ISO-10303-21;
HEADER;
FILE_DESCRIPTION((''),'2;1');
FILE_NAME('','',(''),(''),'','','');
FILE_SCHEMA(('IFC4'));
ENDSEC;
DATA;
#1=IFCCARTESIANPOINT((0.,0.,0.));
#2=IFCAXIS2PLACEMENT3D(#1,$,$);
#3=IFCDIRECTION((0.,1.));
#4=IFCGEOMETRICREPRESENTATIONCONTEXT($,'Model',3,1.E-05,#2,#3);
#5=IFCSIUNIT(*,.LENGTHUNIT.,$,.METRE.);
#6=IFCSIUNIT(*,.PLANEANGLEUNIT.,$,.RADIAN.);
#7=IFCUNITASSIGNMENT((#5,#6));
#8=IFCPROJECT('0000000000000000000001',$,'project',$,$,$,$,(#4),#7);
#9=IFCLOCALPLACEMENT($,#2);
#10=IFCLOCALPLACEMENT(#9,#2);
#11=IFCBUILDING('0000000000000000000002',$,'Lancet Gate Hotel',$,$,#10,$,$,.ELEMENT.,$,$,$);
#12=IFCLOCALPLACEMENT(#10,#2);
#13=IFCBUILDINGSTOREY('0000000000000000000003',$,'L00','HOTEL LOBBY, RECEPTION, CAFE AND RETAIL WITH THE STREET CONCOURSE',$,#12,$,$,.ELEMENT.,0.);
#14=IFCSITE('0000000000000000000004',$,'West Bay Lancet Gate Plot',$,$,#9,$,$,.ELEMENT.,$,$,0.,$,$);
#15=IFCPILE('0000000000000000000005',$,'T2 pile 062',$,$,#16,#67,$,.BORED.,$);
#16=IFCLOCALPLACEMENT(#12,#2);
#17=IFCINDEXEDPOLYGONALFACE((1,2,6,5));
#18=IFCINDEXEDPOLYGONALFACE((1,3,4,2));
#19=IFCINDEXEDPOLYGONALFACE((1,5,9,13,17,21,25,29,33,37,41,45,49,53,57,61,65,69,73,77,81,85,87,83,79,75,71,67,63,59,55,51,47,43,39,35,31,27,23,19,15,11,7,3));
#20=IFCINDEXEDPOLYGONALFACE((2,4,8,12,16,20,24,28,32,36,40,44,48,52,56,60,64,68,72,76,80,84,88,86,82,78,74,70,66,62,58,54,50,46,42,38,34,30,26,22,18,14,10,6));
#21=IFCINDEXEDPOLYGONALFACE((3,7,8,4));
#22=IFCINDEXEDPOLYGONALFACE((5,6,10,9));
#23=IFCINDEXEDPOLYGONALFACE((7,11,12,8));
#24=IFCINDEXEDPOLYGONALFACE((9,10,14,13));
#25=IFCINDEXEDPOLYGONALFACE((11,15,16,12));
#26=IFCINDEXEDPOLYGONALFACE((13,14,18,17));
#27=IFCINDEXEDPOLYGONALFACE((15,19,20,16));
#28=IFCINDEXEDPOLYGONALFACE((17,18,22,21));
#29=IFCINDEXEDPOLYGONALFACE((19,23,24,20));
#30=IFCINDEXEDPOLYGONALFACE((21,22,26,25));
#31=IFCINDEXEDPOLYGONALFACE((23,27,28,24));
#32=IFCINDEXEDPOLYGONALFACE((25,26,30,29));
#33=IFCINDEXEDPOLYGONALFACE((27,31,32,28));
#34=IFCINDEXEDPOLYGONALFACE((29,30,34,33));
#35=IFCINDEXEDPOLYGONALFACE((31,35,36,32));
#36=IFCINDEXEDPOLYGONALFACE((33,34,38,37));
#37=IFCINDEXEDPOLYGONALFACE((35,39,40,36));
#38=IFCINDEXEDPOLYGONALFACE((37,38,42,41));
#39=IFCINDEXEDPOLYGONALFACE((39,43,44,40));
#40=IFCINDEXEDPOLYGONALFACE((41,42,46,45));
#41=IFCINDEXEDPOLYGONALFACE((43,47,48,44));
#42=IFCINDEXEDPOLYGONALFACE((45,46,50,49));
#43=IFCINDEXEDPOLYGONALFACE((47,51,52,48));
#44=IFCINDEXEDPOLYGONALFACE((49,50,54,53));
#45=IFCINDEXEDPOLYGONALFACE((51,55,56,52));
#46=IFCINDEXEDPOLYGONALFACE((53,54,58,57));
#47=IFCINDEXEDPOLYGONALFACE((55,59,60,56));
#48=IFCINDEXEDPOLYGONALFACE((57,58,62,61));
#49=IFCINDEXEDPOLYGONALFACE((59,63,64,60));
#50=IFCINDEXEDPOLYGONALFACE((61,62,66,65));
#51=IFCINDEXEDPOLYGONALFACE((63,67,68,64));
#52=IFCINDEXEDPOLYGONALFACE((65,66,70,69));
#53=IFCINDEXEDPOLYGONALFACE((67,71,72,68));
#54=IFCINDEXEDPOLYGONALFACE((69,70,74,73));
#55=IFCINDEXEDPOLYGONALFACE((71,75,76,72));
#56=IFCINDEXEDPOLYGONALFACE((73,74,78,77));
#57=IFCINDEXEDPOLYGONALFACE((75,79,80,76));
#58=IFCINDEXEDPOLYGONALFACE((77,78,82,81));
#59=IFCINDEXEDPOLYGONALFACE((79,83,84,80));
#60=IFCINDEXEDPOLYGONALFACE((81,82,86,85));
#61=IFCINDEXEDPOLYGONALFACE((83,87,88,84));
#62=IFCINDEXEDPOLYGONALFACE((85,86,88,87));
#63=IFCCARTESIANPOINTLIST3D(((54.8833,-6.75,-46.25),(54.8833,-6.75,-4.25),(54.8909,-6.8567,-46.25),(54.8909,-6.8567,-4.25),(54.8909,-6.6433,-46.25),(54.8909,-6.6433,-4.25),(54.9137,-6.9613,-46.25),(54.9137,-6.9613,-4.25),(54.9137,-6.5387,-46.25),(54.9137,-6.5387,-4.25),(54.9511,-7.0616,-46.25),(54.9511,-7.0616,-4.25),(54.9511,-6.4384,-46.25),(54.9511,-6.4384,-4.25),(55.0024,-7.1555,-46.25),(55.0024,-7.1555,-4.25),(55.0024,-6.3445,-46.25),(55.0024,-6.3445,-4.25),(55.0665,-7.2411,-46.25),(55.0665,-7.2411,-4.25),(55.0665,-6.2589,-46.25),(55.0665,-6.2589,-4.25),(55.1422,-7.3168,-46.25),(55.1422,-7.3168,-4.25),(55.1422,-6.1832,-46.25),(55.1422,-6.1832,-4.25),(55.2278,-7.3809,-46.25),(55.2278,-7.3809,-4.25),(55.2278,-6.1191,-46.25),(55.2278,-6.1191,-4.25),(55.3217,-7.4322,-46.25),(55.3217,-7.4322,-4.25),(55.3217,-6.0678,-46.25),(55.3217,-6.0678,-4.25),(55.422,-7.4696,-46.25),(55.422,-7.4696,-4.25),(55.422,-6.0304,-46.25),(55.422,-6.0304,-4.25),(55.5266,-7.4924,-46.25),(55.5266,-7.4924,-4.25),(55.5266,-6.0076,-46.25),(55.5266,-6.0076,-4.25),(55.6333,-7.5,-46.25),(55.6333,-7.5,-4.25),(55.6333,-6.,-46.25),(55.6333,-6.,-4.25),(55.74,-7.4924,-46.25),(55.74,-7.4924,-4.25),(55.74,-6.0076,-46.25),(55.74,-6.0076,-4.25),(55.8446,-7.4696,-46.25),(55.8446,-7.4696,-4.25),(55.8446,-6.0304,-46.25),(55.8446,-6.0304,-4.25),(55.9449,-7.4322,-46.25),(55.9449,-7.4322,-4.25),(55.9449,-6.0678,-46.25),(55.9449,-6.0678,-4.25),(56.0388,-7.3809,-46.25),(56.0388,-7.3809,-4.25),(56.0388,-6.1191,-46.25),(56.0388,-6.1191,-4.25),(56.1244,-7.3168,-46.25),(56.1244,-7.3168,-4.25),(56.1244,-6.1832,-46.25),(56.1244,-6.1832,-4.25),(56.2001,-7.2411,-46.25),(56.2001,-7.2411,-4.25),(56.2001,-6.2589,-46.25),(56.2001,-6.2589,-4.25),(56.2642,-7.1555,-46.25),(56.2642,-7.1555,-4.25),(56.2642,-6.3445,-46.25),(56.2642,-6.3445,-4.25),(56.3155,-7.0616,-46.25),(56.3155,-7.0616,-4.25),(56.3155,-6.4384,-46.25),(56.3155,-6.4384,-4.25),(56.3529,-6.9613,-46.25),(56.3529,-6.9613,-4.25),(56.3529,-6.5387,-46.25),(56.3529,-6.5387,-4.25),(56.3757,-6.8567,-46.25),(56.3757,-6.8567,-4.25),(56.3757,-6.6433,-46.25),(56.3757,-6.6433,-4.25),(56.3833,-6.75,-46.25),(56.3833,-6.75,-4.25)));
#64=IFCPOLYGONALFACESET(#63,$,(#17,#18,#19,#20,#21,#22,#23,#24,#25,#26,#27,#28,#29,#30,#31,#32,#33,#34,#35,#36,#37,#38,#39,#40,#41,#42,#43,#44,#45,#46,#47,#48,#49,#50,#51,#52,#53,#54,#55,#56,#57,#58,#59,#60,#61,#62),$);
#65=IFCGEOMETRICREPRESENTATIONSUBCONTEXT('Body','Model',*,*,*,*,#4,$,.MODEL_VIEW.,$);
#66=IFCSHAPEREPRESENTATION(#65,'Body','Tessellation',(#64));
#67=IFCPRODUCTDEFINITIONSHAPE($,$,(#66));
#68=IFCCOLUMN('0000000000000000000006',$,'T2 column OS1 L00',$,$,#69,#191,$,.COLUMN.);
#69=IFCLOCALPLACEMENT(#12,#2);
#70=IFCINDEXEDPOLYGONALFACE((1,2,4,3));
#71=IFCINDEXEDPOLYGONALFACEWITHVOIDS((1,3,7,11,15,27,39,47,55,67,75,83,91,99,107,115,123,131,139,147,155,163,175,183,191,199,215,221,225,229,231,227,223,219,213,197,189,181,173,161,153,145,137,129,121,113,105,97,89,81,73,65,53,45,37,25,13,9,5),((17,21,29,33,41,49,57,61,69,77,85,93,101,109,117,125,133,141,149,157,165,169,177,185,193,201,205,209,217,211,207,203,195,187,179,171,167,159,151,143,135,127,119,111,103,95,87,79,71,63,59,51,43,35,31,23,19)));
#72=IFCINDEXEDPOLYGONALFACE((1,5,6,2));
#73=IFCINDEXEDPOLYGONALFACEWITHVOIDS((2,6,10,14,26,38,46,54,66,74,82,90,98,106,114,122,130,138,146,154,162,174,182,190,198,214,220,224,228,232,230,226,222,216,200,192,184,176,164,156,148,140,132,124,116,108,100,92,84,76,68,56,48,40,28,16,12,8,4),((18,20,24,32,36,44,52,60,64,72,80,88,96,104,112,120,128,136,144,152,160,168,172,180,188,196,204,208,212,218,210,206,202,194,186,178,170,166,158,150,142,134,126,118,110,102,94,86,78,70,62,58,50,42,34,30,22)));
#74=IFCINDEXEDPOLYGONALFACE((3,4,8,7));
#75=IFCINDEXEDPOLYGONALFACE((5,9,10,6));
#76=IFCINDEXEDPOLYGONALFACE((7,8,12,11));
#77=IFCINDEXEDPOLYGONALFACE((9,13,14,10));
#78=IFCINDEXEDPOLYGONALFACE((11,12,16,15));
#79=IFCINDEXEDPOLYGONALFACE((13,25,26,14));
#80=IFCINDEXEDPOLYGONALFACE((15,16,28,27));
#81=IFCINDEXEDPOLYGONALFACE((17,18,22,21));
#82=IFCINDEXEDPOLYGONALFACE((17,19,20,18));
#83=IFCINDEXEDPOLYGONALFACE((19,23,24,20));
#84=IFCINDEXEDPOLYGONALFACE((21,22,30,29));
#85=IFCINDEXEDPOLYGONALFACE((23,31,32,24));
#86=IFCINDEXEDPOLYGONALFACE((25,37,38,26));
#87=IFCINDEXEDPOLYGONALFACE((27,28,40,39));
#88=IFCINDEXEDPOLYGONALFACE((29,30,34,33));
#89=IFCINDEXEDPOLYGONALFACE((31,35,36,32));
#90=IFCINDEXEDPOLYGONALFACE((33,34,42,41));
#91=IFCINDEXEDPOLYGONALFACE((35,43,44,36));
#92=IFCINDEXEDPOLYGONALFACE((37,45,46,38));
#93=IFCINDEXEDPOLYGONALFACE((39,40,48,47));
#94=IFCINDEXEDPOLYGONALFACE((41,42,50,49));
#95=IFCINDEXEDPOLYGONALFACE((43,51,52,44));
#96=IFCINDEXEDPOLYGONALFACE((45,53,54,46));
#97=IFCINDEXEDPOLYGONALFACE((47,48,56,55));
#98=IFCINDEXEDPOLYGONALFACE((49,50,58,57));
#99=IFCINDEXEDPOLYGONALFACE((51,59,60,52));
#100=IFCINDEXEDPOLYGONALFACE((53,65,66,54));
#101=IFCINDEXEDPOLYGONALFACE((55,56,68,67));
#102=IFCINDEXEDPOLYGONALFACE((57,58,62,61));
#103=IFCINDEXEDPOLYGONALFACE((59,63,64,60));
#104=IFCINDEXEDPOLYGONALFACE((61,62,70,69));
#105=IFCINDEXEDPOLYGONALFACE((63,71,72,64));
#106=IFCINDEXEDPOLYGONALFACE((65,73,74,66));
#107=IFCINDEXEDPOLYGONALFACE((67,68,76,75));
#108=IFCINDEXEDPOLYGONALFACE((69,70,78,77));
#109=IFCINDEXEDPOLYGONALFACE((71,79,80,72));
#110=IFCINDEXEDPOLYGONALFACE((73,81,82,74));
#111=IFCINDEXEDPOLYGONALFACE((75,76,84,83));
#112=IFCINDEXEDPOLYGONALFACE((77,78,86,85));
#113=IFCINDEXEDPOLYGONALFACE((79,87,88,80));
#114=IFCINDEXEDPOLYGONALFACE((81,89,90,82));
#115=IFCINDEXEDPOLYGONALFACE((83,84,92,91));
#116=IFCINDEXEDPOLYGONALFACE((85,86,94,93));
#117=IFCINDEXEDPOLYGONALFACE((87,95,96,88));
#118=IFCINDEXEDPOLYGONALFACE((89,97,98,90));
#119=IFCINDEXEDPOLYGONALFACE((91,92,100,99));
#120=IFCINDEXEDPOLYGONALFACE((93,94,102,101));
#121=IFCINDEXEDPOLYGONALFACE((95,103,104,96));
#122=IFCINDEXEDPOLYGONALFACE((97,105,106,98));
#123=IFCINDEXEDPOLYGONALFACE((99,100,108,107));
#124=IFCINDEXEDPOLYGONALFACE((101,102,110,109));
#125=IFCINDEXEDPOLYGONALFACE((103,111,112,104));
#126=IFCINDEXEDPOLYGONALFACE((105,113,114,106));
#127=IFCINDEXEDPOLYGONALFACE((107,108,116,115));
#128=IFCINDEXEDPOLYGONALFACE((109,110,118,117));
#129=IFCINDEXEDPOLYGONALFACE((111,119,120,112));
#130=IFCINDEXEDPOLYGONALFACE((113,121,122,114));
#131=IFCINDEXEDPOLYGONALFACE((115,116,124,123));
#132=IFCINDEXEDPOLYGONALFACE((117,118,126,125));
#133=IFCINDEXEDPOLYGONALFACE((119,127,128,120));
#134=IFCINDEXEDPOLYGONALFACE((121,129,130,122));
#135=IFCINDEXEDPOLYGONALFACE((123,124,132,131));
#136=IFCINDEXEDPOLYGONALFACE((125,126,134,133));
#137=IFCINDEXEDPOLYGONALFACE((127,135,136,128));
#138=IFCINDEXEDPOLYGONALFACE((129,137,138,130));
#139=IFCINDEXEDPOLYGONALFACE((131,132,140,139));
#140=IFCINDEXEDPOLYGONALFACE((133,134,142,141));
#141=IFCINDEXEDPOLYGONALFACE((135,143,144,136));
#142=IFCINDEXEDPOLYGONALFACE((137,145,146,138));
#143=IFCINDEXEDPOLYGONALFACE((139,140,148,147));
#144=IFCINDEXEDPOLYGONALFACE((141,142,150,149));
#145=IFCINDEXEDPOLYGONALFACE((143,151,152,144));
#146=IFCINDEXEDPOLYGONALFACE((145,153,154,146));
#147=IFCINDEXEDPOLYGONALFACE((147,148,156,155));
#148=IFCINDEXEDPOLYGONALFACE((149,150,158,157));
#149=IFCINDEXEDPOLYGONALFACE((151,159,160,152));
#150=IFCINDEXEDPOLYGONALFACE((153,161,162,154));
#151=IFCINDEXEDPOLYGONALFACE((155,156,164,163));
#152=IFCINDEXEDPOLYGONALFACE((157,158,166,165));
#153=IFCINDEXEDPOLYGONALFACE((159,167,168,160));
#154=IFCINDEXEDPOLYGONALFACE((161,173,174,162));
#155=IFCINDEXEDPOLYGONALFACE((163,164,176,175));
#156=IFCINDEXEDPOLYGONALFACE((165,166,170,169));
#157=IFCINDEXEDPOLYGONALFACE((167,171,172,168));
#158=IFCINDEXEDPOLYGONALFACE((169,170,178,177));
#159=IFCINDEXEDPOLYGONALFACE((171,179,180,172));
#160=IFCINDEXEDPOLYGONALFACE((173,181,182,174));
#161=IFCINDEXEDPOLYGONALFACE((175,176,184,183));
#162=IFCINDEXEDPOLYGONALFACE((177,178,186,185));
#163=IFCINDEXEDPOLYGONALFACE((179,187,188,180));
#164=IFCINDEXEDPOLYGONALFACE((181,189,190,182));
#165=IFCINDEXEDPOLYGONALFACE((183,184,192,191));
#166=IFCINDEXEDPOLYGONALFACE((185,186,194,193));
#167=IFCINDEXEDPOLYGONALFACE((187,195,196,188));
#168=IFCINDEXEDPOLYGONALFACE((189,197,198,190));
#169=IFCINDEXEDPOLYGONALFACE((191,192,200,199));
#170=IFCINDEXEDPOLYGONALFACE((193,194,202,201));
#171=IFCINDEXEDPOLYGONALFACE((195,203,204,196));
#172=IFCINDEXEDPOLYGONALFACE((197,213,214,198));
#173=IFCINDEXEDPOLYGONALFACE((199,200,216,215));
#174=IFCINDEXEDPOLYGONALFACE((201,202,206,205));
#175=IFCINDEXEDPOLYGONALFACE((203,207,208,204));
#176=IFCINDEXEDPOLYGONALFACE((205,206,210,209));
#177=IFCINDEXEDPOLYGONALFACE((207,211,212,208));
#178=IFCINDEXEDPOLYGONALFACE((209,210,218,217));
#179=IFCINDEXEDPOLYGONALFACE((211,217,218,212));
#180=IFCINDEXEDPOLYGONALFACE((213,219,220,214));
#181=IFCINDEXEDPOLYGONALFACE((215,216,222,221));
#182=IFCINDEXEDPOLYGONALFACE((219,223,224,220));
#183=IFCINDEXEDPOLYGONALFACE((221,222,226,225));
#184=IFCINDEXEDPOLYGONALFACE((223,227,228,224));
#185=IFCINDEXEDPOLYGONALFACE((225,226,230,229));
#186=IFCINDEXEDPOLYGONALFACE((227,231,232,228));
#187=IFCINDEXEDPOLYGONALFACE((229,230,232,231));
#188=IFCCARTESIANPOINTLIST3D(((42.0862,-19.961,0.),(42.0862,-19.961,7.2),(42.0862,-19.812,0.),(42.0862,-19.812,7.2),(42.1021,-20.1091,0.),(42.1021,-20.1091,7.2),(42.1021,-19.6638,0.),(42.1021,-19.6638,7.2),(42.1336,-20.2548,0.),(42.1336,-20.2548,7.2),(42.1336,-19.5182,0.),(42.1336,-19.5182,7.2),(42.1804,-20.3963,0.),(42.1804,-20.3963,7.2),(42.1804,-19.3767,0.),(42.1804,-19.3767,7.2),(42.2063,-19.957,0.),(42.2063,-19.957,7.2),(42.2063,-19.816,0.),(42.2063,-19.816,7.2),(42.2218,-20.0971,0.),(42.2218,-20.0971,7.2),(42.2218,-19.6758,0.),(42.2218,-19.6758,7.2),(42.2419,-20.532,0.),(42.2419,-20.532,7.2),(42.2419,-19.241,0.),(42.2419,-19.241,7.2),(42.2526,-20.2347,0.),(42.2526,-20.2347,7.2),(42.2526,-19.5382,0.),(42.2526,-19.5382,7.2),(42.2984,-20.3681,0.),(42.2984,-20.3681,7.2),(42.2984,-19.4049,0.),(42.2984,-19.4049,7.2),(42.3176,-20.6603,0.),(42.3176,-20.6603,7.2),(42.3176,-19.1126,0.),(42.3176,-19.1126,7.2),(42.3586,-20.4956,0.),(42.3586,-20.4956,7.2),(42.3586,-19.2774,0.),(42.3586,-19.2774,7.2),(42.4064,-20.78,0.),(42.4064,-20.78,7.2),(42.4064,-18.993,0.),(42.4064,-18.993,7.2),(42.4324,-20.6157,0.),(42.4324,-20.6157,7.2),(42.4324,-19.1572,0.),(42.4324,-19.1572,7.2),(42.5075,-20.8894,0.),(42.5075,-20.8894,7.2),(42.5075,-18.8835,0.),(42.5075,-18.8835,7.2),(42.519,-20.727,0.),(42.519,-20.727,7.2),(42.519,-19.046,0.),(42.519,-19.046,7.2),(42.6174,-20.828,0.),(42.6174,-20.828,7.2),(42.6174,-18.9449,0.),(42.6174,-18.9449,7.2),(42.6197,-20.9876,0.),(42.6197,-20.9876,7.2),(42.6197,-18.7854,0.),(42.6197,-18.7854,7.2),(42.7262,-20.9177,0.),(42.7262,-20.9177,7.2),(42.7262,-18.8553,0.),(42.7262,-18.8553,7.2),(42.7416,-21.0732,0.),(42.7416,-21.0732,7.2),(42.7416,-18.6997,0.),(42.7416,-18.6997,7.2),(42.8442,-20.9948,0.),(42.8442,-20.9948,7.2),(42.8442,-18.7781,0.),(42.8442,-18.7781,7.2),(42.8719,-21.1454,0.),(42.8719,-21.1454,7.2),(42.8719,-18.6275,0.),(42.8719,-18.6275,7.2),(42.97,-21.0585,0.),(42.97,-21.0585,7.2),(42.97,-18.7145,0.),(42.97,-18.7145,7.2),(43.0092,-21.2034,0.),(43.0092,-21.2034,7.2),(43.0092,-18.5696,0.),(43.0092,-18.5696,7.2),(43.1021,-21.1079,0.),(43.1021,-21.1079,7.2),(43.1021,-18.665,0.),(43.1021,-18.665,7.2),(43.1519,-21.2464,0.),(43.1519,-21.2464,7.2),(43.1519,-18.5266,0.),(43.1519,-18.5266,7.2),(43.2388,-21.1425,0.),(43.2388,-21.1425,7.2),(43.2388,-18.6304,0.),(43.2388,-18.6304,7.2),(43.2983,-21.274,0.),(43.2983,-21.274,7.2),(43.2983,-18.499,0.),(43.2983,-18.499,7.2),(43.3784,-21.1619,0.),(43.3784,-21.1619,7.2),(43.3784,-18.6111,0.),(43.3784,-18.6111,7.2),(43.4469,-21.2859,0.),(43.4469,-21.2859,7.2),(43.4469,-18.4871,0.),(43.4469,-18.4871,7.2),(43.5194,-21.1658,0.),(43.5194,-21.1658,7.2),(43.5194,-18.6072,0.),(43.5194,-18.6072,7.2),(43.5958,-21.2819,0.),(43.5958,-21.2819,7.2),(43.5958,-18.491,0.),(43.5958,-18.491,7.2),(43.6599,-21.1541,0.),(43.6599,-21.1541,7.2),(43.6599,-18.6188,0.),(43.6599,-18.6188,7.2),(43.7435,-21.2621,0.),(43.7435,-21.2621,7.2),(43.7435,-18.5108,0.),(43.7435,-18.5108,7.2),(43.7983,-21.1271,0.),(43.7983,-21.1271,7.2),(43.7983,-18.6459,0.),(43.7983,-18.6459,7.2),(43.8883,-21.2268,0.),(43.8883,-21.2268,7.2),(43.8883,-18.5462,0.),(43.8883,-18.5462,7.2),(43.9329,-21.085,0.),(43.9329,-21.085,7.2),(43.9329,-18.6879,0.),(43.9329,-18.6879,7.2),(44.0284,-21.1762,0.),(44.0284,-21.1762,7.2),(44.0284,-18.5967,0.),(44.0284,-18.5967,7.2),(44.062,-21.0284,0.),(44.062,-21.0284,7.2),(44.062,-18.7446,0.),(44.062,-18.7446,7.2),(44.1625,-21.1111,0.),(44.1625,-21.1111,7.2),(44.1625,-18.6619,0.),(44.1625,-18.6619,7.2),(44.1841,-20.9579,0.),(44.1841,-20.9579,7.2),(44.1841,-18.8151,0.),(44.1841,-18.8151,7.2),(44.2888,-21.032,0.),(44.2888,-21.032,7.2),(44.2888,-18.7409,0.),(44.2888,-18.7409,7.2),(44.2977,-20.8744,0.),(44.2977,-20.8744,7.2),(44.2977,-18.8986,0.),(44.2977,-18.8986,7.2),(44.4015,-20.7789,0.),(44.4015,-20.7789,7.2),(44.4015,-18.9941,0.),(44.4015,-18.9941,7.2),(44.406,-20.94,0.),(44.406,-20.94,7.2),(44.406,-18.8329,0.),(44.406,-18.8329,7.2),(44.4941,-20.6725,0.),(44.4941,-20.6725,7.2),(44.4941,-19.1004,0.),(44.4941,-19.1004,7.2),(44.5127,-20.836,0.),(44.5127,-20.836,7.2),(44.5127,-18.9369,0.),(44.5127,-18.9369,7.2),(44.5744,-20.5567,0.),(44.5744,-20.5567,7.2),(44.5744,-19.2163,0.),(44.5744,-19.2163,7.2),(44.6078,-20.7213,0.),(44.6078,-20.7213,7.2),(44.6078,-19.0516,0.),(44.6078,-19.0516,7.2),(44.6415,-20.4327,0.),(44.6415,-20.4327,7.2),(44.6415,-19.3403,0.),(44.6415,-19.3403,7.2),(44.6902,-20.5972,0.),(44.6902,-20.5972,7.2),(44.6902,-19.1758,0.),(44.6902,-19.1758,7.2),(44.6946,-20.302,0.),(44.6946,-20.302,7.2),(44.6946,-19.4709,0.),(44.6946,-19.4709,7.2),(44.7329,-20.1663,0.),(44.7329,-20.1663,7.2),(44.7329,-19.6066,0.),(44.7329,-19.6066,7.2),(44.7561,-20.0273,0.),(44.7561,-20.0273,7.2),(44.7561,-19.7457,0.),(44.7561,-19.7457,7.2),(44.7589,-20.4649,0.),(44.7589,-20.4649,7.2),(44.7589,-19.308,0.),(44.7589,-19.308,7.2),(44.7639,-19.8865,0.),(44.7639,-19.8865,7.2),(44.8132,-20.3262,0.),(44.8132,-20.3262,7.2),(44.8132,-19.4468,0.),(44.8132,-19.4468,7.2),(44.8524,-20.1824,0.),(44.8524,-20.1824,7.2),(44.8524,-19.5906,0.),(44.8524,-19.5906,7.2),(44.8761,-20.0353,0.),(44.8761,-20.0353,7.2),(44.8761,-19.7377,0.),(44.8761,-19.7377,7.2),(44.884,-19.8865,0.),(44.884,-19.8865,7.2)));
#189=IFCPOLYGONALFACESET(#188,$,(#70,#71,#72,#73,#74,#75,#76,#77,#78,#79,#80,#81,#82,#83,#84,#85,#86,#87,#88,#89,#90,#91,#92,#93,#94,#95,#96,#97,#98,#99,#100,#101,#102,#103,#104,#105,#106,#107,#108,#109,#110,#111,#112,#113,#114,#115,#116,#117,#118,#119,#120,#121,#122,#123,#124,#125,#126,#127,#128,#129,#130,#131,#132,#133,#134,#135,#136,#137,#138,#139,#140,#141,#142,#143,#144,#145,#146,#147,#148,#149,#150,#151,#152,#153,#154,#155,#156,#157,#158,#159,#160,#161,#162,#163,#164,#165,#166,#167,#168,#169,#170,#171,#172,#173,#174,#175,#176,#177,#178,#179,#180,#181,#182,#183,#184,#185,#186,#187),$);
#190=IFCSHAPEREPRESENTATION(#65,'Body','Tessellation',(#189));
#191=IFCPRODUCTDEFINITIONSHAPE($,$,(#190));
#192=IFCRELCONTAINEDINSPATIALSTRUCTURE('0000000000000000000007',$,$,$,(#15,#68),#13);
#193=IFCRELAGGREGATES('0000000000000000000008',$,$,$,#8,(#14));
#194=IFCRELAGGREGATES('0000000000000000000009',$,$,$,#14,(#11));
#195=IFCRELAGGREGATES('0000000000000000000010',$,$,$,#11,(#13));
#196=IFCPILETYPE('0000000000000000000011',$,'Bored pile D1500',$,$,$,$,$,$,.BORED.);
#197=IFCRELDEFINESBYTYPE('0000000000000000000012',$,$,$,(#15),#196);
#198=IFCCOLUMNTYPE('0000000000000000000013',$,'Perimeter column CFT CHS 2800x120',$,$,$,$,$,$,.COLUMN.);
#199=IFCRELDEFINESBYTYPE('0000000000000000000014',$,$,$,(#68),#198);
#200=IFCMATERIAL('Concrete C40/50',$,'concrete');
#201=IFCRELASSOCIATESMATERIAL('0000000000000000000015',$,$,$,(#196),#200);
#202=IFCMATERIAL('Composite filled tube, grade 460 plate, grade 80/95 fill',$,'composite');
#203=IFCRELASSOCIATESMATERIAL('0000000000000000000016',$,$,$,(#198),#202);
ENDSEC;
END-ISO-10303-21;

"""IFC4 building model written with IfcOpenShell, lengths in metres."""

from ifc_helpers import new_model, si_unit, direction, frame, origin, origin_2d, place, context, subcontext, project, spatial, circle, hollow_circle, extrude, material, material_profile, profile_set, type_object, element, save


model = new_model("IFC4")

# Units and contexts
model_context = context("Model", 3, precision=1e-05, world=origin(), true_north=direction((0.0, 1.0)))
body_context = subcontext(model_context, "Body", "Model", "MODEL_VIEW")
ifc_project = project(units=[si_unit("LENGTHUNIT", "METRE"), si_unit("PLANEANGLEUNIT", "RADIAN")], contexts=[model_context])

# Site, building, storey
site_placement = place(None, origin())
site = spatial("IfcSite", under=ifc_project, at=site_placement, Name="West Bay Lancet Gate Plot", CompositionType="ELEMENT", RefElevation=0.0)
building_placement = place(site_placement, origin())
building = spatial("IfcBuilding", under=site, at=building_placement, Name="Lancet Gate Hotel", CompositionType="ELEMENT")
storey_placement = place(building_placement, origin())
storey = spatial("IfcBuildingStorey", under=building, at=storey_placement, Name="L00", Description="HOTEL LOBBY, RECEPTION, CAFE AND RETAIL WITH THE STREET CONCOURSE", CompositionType="ELEMENT", Elevation=0.0)

# Pile
ifc_material_1 = material(Name="Concrete C40/50", Category="concrete")
ifc_material_profile_1 = material_profile(ifc_material_1, circle(Radius=0.75, at=origin_2d()), Name="PILE D1500")
ifc_profile_set_1 = profile_set([ifc_material_profile_1], Name="Concrete C40/50")
pile_type = type_object("IfcPileType", Name="Bored pile D1500", PredefinedType="BORED", material=ifc_profile_set_1)
for number, where, z_axis, x_axis, name in (
    (1, (55.6333, -6.75, -4.25), (0.0, 0.0, -1.0), (1.0, 0.0, 0.0), "T2 pile 062"),
):
    element("IfcPile", number, at=place(storey_placement, frame(where, z_axis=z_axis, x_axis=x_axis)), inside=storey, type_object=pile_type, Name=name, PredefinedType="BORED", context=body_context, shape_type="SweptSolid", body=[
        extrude(circle(Radius=0.75, at=origin_2d()), origin(), (0.0, 0.0, 1.0), 42.0),
    ])

# Column
ifc_material_2 = material(Name="Composite filled tube, grade 460 plate, grade 80/95 fill", Category="composite")
ifc_material_profile_2 = material_profile(ifc_material_2, hollow_circle(Radius=1.3999, WallThickness=0.1201, at=origin_2d()), Name="CHS 2800x120")
ifc_profile_set_2 = profile_set([ifc_material_profile_2], Name="Composite filled tube, grade 460 plate, grade 80/95 fill")
column_type = type_object("IfcColumnType", Name="Perimeter column CFT CHS 2800x120", PredefinedType="COLUMN", material=ifc_profile_set_2)
for number, where, z_axis, x_axis, name in (
    (2, (43.4841, -19.8865, 0.0), (0.0, 0.0, 1.0), (1.0, 0.0, 0.0), "T2 column OS1 L00"),
):
    element("IfcColumn", number, at=place(storey_placement, frame(where, z_axis=z_axis, x_axis=x_axis)), inside=storey, type_object=column_type, Name=name, PredefinedType="COLUMN", context=body_context, shape_type="SweptSolid", body=[
        extrude(hollow_circle(Radius=1.3999, WallThickness=0.1201, at=origin_2d()), origin(), (0.0, 0.0, 1.0), 7.2),
    ])

save(model, "model.ifc")
